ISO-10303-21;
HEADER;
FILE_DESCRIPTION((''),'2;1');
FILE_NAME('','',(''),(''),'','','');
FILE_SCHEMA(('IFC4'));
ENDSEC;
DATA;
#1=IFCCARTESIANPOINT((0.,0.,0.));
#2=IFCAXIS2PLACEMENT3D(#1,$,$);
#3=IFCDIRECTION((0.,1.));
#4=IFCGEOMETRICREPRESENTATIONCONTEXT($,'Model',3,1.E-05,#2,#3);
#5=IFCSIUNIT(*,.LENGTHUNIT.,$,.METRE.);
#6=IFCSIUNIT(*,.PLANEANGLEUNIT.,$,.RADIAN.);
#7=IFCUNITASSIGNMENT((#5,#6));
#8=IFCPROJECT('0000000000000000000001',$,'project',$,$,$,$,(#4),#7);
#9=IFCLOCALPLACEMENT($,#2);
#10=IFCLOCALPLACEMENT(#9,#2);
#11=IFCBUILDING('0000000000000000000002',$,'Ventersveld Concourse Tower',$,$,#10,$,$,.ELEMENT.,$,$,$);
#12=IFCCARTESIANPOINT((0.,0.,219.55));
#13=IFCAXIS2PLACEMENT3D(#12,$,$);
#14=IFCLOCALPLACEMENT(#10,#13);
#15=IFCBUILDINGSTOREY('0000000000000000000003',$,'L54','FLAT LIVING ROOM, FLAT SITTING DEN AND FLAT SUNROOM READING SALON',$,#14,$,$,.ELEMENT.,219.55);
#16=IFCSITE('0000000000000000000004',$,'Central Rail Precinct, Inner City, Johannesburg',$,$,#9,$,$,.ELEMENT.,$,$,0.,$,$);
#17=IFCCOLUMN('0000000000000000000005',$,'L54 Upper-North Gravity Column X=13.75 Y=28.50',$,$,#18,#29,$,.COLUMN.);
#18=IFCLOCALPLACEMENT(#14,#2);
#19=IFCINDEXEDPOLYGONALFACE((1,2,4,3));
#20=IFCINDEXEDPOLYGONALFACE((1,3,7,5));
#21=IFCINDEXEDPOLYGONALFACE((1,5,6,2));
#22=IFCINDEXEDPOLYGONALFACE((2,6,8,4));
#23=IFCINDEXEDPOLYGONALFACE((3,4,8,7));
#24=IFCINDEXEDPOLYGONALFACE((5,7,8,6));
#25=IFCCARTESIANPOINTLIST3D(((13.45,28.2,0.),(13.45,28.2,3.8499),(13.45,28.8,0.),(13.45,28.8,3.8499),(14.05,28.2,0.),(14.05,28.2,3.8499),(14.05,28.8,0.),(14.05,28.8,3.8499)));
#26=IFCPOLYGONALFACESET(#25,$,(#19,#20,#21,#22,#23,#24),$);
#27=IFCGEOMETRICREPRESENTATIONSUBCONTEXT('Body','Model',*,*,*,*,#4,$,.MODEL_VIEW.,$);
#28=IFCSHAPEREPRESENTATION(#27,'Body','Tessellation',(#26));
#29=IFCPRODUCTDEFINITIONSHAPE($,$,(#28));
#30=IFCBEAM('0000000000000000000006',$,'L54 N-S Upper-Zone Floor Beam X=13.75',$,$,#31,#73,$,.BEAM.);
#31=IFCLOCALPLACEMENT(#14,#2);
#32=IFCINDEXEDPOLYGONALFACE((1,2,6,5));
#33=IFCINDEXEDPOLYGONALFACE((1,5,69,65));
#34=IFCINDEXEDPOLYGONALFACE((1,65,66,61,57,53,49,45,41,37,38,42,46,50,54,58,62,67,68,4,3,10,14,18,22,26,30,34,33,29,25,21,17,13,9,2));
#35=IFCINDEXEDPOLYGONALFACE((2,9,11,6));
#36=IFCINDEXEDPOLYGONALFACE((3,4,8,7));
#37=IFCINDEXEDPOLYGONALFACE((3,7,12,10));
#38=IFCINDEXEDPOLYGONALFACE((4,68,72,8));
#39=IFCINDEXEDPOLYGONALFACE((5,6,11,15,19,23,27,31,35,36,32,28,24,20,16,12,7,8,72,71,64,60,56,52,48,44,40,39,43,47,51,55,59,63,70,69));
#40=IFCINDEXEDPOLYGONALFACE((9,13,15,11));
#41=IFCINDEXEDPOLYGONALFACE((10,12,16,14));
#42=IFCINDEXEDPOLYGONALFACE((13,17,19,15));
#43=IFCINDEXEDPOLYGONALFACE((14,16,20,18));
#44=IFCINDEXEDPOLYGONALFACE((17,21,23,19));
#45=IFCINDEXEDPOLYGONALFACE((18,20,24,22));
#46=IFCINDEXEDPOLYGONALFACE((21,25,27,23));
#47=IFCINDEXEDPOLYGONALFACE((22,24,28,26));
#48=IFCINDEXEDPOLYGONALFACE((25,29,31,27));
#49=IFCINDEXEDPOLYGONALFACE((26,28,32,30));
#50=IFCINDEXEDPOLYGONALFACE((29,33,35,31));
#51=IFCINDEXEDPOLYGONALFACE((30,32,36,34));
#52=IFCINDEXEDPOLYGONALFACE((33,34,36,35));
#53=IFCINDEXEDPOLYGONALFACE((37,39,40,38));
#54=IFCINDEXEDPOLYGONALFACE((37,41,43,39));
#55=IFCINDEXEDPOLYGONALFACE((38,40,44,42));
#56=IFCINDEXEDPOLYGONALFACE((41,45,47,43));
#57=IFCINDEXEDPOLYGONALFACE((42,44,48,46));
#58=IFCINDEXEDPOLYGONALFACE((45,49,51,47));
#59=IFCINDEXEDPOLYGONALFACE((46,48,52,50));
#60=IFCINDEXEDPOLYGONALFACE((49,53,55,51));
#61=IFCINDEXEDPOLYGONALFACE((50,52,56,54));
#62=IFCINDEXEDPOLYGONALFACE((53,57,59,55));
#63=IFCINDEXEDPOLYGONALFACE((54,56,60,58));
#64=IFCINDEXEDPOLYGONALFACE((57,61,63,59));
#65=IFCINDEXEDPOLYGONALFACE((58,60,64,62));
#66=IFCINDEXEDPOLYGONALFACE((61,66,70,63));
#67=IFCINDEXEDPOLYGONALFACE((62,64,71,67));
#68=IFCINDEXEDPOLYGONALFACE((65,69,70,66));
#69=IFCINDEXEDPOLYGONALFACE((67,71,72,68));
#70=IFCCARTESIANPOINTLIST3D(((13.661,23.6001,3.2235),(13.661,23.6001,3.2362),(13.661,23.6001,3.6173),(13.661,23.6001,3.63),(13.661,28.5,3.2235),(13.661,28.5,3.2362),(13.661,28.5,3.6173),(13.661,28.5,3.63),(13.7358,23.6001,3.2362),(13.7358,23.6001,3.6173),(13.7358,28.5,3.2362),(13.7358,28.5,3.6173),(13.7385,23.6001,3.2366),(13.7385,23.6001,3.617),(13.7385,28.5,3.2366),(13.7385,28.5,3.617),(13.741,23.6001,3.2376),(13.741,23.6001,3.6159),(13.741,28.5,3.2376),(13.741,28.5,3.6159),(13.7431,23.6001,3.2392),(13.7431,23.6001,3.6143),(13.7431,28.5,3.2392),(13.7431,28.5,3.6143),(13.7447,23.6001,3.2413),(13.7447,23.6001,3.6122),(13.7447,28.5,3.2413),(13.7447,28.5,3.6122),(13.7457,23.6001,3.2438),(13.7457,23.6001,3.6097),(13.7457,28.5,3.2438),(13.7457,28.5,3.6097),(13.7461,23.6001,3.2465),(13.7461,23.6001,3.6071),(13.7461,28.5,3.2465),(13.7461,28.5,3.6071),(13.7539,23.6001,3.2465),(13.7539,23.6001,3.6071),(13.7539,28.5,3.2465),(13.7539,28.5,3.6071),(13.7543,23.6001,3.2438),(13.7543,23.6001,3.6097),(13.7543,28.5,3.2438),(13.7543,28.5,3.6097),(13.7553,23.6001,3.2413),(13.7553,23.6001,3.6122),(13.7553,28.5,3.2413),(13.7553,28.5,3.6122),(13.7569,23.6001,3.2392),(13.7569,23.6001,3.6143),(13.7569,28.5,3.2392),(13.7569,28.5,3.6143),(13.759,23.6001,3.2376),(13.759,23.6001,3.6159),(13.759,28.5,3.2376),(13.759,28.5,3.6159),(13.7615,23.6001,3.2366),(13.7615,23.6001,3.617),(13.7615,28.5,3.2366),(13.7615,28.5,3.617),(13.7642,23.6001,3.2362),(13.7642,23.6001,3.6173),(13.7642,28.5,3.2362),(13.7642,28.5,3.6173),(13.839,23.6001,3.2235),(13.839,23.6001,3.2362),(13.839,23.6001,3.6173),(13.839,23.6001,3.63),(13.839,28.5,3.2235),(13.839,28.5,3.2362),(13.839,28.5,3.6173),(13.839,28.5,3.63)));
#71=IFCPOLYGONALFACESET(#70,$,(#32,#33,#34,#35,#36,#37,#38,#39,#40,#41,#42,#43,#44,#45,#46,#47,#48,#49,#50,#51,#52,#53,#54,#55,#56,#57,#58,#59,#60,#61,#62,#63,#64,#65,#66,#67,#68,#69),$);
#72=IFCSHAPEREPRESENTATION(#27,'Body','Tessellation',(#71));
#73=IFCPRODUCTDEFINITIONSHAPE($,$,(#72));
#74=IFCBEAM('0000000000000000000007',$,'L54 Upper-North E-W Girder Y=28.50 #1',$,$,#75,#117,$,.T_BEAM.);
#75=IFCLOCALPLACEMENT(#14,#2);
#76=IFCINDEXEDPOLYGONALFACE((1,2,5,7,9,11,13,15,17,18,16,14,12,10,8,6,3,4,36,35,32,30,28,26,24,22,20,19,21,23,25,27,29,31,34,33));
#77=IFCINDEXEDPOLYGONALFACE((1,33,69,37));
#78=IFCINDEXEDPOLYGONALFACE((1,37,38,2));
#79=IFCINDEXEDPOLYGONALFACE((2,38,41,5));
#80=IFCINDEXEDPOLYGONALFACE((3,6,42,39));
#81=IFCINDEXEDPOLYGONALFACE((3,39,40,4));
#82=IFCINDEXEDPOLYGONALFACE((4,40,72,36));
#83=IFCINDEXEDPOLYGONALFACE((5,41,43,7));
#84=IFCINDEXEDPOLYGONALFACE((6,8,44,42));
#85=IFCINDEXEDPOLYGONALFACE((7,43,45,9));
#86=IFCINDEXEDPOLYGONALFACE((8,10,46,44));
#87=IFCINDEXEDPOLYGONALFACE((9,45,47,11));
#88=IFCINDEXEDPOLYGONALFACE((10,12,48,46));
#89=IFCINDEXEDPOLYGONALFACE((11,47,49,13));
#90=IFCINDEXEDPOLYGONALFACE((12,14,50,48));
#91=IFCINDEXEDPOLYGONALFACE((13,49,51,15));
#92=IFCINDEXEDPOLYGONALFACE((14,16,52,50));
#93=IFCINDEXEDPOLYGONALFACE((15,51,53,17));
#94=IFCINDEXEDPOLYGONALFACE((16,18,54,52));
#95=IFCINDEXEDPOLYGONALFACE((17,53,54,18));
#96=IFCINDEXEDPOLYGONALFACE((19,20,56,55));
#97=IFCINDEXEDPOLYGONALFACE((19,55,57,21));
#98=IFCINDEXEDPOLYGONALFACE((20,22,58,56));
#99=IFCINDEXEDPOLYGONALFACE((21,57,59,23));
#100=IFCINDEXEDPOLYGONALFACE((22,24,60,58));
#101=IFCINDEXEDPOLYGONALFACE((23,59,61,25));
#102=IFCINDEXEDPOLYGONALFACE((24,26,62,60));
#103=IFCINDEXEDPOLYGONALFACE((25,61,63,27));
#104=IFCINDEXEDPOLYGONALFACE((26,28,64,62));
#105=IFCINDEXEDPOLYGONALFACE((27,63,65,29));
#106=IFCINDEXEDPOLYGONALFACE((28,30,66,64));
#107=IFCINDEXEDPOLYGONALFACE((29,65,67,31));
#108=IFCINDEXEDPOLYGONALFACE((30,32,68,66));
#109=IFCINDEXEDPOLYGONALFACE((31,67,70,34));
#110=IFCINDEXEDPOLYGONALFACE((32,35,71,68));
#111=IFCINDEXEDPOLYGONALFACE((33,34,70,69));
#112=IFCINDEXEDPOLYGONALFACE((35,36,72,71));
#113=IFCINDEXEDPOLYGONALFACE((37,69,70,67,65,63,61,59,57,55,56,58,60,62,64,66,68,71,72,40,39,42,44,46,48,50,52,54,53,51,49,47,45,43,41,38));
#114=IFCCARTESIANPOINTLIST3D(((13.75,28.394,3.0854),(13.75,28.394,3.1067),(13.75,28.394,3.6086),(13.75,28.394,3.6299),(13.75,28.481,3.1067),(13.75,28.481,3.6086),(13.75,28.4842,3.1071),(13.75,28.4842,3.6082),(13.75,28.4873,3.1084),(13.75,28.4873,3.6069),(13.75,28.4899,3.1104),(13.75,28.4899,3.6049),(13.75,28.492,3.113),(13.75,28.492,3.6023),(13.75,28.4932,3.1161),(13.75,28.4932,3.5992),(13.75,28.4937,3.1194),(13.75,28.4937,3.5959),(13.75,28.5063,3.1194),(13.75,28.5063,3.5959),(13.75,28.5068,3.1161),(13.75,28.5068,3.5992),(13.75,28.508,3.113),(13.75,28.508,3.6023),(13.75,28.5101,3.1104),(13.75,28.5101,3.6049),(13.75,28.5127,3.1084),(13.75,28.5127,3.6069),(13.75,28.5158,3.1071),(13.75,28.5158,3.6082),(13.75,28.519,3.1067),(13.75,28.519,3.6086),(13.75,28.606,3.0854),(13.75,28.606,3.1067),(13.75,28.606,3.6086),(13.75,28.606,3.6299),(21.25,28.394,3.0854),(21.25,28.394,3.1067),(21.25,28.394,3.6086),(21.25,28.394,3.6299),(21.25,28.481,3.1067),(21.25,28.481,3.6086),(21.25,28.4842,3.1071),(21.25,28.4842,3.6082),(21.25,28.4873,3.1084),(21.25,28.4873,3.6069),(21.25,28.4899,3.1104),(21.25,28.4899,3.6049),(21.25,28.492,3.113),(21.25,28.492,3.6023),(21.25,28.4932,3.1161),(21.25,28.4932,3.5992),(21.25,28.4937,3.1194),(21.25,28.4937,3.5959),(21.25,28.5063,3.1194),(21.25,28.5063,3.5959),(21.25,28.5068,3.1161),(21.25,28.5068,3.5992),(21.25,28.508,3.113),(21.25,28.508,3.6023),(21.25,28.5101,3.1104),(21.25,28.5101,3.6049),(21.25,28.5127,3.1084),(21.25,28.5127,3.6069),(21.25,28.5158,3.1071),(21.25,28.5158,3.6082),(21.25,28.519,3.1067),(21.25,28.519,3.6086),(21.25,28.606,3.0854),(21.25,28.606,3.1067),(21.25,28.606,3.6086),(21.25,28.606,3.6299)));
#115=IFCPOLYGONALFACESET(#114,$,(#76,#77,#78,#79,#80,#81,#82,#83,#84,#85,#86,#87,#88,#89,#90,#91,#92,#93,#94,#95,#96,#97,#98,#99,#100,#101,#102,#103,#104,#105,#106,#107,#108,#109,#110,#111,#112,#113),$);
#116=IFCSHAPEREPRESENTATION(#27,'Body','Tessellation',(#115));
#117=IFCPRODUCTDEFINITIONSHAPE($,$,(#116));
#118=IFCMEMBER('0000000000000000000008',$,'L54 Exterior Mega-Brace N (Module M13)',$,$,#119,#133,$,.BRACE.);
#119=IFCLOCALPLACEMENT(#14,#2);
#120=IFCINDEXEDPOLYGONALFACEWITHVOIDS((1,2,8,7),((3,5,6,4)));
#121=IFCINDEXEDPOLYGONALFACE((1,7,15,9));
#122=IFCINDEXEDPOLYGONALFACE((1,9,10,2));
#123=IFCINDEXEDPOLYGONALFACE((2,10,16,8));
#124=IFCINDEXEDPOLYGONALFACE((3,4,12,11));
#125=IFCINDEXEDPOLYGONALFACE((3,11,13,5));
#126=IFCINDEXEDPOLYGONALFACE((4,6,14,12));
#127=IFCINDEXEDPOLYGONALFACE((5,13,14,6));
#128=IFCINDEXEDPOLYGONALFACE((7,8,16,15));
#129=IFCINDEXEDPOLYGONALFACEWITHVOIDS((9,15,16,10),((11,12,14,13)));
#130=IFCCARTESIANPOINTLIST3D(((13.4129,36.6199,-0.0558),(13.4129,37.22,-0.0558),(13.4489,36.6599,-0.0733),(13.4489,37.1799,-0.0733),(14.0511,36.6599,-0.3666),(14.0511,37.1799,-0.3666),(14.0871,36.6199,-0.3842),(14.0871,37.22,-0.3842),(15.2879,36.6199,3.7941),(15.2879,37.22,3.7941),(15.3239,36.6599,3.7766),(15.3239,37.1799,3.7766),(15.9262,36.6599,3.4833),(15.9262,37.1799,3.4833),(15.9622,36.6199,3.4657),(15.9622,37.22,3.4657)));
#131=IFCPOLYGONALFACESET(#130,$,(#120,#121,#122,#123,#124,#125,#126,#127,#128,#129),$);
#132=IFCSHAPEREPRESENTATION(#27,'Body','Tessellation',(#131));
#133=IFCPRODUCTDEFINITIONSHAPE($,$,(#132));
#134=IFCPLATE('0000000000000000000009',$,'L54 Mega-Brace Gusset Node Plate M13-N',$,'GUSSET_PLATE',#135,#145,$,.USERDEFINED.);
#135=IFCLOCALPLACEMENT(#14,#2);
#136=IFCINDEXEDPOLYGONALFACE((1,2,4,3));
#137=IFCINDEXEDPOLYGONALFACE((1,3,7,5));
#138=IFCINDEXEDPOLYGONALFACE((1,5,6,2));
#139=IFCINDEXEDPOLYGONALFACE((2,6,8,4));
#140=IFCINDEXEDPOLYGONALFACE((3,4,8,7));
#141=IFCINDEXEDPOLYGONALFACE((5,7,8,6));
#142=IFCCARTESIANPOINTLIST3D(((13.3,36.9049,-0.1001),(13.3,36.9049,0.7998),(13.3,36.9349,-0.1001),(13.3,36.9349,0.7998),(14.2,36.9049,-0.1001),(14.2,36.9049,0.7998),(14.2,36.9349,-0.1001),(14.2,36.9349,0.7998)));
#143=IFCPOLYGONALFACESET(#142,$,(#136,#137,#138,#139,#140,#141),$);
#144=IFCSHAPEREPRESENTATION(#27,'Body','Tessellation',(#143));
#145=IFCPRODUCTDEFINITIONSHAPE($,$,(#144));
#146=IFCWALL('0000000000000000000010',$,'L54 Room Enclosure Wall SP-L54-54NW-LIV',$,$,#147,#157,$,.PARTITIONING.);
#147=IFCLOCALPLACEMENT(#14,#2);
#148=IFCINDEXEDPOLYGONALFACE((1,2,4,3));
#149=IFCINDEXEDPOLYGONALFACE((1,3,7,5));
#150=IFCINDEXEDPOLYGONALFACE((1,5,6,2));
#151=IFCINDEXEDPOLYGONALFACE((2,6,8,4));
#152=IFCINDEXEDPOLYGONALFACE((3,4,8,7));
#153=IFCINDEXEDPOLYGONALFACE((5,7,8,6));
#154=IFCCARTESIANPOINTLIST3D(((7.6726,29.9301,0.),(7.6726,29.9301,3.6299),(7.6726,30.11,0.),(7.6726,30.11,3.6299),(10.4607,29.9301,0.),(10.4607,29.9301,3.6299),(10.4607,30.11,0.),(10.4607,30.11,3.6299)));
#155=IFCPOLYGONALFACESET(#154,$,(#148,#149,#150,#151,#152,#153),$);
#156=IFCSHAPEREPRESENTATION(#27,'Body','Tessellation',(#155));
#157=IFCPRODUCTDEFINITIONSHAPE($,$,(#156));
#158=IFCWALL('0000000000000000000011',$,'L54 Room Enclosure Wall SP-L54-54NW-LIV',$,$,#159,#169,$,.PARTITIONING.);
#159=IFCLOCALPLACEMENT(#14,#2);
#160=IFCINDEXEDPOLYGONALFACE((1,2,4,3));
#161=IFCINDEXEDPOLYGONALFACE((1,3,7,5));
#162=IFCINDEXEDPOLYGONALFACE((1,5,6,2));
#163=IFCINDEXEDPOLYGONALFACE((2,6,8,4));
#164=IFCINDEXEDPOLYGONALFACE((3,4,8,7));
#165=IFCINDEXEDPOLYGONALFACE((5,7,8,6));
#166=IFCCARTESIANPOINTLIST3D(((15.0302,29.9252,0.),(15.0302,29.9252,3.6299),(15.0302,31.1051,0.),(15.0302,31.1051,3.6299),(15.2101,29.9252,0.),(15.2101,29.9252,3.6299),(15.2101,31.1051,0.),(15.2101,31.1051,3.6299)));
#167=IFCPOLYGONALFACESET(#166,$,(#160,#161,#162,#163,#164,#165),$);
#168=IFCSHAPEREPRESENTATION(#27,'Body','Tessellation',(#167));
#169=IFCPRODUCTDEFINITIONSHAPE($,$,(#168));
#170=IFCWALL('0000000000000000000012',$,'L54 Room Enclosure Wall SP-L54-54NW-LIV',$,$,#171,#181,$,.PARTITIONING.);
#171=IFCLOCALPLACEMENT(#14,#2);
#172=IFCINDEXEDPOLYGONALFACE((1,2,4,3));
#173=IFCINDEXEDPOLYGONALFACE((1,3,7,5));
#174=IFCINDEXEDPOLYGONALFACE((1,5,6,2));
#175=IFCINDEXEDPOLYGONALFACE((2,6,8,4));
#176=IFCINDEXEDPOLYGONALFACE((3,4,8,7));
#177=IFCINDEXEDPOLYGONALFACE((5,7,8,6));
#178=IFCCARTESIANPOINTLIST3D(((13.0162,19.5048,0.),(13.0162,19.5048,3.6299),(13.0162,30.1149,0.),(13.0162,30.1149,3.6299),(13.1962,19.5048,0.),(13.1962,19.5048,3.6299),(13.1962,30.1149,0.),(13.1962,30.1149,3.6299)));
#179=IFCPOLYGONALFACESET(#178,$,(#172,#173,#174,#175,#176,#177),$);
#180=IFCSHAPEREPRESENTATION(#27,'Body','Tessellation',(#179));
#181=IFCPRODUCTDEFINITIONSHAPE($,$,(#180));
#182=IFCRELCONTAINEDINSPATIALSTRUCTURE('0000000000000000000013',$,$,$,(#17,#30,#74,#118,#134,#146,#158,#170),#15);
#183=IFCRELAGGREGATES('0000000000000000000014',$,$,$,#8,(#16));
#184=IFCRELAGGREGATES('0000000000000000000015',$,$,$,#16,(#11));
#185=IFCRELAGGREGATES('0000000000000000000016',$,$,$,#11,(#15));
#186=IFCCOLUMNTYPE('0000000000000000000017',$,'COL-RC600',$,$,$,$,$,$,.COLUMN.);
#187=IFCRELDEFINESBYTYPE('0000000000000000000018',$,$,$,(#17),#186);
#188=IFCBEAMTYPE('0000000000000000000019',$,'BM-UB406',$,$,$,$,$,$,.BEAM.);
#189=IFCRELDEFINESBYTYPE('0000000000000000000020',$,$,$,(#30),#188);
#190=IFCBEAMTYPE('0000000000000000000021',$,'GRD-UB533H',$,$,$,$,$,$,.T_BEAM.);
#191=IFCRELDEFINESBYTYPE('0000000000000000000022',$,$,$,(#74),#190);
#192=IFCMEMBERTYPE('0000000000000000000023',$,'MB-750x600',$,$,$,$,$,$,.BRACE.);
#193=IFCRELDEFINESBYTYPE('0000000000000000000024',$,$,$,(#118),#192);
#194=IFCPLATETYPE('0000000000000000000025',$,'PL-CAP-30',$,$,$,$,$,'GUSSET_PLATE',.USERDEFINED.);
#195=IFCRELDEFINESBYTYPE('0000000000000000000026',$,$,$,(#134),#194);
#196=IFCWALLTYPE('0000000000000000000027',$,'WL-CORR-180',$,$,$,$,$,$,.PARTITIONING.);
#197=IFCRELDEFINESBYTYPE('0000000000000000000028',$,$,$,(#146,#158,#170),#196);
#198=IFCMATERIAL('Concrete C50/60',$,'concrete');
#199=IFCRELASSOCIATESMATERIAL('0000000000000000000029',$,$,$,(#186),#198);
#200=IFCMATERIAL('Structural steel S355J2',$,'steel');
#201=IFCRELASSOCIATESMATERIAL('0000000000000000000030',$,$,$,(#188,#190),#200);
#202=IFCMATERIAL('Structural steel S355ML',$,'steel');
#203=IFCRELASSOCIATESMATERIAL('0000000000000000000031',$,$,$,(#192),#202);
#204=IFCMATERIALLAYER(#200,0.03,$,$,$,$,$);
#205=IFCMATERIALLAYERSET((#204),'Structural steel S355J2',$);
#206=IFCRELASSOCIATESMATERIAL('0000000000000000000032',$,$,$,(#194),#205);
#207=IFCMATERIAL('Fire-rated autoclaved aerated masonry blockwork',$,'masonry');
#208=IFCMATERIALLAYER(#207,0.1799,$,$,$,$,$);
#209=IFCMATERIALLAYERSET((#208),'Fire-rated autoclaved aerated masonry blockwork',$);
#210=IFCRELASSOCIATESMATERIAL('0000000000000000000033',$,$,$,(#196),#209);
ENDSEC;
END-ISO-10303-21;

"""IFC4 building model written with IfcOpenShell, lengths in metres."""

from ifc_helpers import new_model, si_unit, direction, frame, frame_2d, origin, origin_2d, place, context, subcontext, project, spatial, rectangle, hollow_rectangle, i_section, extrude, material, layer, layer_set, material_profile, profile_set, type_object, element, save


model = new_model("IFC4")

# Units and contexts
model_context = context("Model", 3, precision=1e-05, world=origin(), true_north=direction((0.0, 1.0)))
body_context = subcontext(model_context, "Body", "Model", "MODEL_VIEW")
ifc_project = project(units=[si_unit("LENGTHUNIT", "METRE"), si_unit("PLANEANGLEUNIT", "RADIAN")], contexts=[model_context])

# Site, building, storey
site_placement = place(None, origin())
site = spatial("IfcSite", under=ifc_project, at=site_placement, Name="Central Rail Precinct, Inner City, Johannesburg", CompositionType="ELEMENT", RefElevation=0.0)
building_placement = place(site_placement, origin())
building = spatial("IfcBuilding", under=site, at=building_placement, Name="Ventersveld Concourse Tower", CompositionType="ELEMENT")
storey_placement = place(building_placement, frame((0.0, 0.0, 219.55)))
storey = spatial("IfcBuildingStorey", under=building, at=storey_placement, Name="L54", Description="FLAT LIVING ROOM, FLAT SITTING DEN AND FLAT SUNROOM READING SALON", CompositionType="ELEMENT", Elevation=219.55)

# Column
ifc_material_1 = material(Name="Concrete C50/60", Category="concrete")
ifc_material_profile_1 = material_profile(ifc_material_1, rectangle(XDim=0.6001, YDim=0.6001, at=origin_2d()), Name="RC 600x600")
ifc_profile_set_1 = profile_set([ifc_material_profile_1], Name="Concrete C50/60")
column_type = type_object("IfcColumnType", Name="COL-RC600", PredefinedType="COLUMN", material=ifc_profile_set_1)
column_placement = place(storey_placement, frame((13.75, 28.5, 0.0), z_axis=(0.0, 0.0, 1.0), x_axis=(1.0, 0.0, 0.0)))
element("IfcColumn", 1, at=column_placement, inside=storey, type_object=column_type, Name="L54 Upper-North Gravity Column X=13.75 Y=28.50", PredefinedType="COLUMN", context=body_context, shape_type="SweptSolid", body=[
    extrude(rectangle(XDim=0.6001, YDim=0.6001, at=origin_2d()), origin(), (0.0, 0.0, 1.0), 3.8499),
])

# Beams
ifc_material_2 = material(Name="Structural steel S355J2", Category="steel")
ifc_material_profile_2 = material_profile(ifc_material_2, i_section(OverallWidth=0.178, OverallDepth=0.4065, WebThickness=0.0078, FlangeThickness=0.0127, FilletRadius=0.0103, at=origin_2d()), Name="UB 406x178x60")
ifc_profile_set_2 = profile_set([ifc_material_profile_2], Name="Structural steel S355J2")
beam_type_1 = type_object("IfcBeamType", Name="BM-UB406", PredefinedType="BEAM", material=ifc_profile_set_2)
beam_1_placement = place(storey_placement, frame((13.75, 23.6001, 3.4268), z_axis=(0.0, 1.0, 0.0), x_axis=(-1.0, 0.0, 0.0)))
element("IfcBeam", 2, at=beam_1_placement, inside=storey, type_object=beam_type_1, Name="L54 N-S Upper-Zone Floor Beam X=13.75", PredefinedType="BEAM", context=body_context, shape_type="SweptSolid", body=[
    extrude(i_section(OverallWidth=0.178, OverallDepth=0.4065, WebThickness=0.0078, FlangeThickness=0.0127, FilletRadius=0.0103, at=origin_2d()), origin(), (0.0, 0.0, 1.0), 4.8999),
])
ifc_material_profile_3 = material_profile(ifc_material_2, i_section(OverallWidth=0.2119, OverallDepth=0.5444, WebThickness=0.0127, FlangeThickness=0.0212, FilletRadius=0.0127, at=origin_2d()), Name="UB 533x210x122")
ifc_profile_set_3 = profile_set([ifc_material_profile_3], Name="Structural steel S355J2")
beam_type_2 = type_object("IfcBeamType", Name="GRD-UB533H", PredefinedType="T_BEAM", material=ifc_profile_set_3)
beam_2_placement = place(storey_placement, frame((13.75, 28.5, 3.3577), z_axis=(1.0, 0.0, 0.0), x_axis=(0.0, 1.0, 0.0)))
element("IfcBeam", 3, at=beam_2_placement, inside=storey, type_object=beam_type_2, Name="L54 Upper-North E-W Girder Y=28.50 #1", PredefinedType="T_BEAM", context=body_context, shape_type="SweptSolid", body=[
    extrude(i_section(OverallWidth=0.2119, OverallDepth=0.5444, WebThickness=0.0127, FlangeThickness=0.0212, FilletRadius=0.0127, at=origin_2d()), origin(), (0.0, 0.0, 1.0), 7.5),
])

# Member
ifc_material_3 = material(Name="Structural steel S355ML", Category="steel")
ifc_material_profile_4 = material_profile(ifc_material_3, hollow_rectangle(XDim=0.6001, YDim=0.75, WallThickness=0.04, at=origin_2d()), Name="BOX 750x600x40")
ifc_profile_set_4 = profile_set([ifc_material_profile_4], Name="Structural steel S355ML")
member_type = type_object("IfcMemberType", Name="MB-750x600", PredefinedType="BRACE", material=ifc_profile_set_4)
member_placement = place(storey_placement, frame((13.75, 36.9199, -0.22), z_axis=(0.437862, 0.0, 0.899042), x_axis=(0.0, 1.0, 0.0)))
element("IfcMember", 4, at=member_placement, inside=storey, type_object=member_type, Name="L54 Exterior Mega-Brace N (Module M13)", PredefinedType="BRACE", context=body_context, shape_type="SweptSolid", body=[
    extrude(hollow_rectangle(XDim=0.6001, YDim=0.75, WallThickness=0.04, at=origin_2d()), origin(), (0.0, 0.0, 1.0), 4.2822),
])

# Plate
ifc_layer_1 = layer(ifc_material_2, 0.03)
ifc_layer_set_1 = layer_set([ifc_layer_1], Name="Structural steel S355J2")
plate_type = type_object("IfcPlateType", Name="PL-CAP-30", ElementType="GUSSET_PLATE", PredefinedType="USERDEFINED", material=ifc_layer_set_1)
plate_placement = place(storey_placement, frame((13.75, 36.9199, -0.1001), z_axis=(0.0, 0.0, 1.0), x_axis=(1.0, 0.0, 0.0)))
element("IfcPlate", 5, at=plate_placement, inside=storey, type_object=plate_type, Name="L54 Mega-Brace Gusset Node Plate M13-N", ObjectType="GUSSET_PLATE", PredefinedType="USERDEFINED", context=body_context, shape_type="SweptSolid", body=[
    extrude(rectangle(XDim=0.8999, YDim=0.03, at=origin_2d()), origin(), (0.0, 0.0, 1.0), 0.8999),
])

# Walls
ifc_material_4 = material(Name="Fire-rated autoclaved aerated masonry blockwork", Category="masonry")
ifc_layer_2 = layer(ifc_material_4, 0.1799)
ifc_layer_set_2 = layer_set([ifc_layer_2], Name="Fire-rated autoclaved aerated masonry blockwork")
wall_type_1 = type_object("IfcWallType", Name="WL-CORR-180", PredefinedType="PARTITIONING", material=ifc_layer_set_2)
wall_1_placement = place(storey_placement, frame((10.4607, 30.02, 0.0), z_axis=(0.0, 0.0, 1.0), x_axis=(-1.0, 0.0, 0.0)))
element("IfcWall", 6, at=wall_1_placement, inside=storey, type_object=wall_type_1, Name="L54 Room Enclosure Wall SP-L54-54NW-LIV", PredefinedType="PARTITIONING", context=body_context, shape_type="SweptSolid", body=[
    extrude(rectangle(XDim=2.7881, YDim=0.1799, at=frame_2d((1.394, 0.0))), origin(), (0.0, 0.0, 1.0), 3.6299),
])
wall_2_placement = place(storey_placement, frame((15.1201, 31.105, 0.0), z_axis=(0.0, 0.0, 1.0), x_axis=(0.0, -1.0, 0.0)))
element("IfcWall", 7, at=wall_2_placement, inside=storey, type_object=wall_type_1, Name="L54 Room Enclosure Wall SP-L54-54NW-LIV", PredefinedType="PARTITIONING", context=body_context, shape_type="SweptSolid", body=[
    extrude(rectangle(XDim=1.1799, YDim=0.1799, at=frame_2d((0.5898, 0.0))), origin(), (0.0, 0.0, 1.0), 3.6299),
])
wall_3_placement = place(storey_placement, frame((13.1062, 30.115, 0.0), z_axis=(0.0, 0.0, 1.0), x_axis=(0.0, -1.0, 0.0)))
element("IfcWall", 8, at=wall_3_placement, inside=storey, type_object=wall_type_1, Name="L54 Room Enclosure Wall SP-L54-54NW-LIV", PredefinedType="PARTITIONING", context=body_context, shape_type="SweptSolid", body=[
    extrude(rectangle(XDim=10.6101, YDim=0.1799, at=frame_2d((5.3052, 0.0))), origin(), (0.0, 0.0, 1.0), 3.6299),
])

save(model, "model.ifc")
